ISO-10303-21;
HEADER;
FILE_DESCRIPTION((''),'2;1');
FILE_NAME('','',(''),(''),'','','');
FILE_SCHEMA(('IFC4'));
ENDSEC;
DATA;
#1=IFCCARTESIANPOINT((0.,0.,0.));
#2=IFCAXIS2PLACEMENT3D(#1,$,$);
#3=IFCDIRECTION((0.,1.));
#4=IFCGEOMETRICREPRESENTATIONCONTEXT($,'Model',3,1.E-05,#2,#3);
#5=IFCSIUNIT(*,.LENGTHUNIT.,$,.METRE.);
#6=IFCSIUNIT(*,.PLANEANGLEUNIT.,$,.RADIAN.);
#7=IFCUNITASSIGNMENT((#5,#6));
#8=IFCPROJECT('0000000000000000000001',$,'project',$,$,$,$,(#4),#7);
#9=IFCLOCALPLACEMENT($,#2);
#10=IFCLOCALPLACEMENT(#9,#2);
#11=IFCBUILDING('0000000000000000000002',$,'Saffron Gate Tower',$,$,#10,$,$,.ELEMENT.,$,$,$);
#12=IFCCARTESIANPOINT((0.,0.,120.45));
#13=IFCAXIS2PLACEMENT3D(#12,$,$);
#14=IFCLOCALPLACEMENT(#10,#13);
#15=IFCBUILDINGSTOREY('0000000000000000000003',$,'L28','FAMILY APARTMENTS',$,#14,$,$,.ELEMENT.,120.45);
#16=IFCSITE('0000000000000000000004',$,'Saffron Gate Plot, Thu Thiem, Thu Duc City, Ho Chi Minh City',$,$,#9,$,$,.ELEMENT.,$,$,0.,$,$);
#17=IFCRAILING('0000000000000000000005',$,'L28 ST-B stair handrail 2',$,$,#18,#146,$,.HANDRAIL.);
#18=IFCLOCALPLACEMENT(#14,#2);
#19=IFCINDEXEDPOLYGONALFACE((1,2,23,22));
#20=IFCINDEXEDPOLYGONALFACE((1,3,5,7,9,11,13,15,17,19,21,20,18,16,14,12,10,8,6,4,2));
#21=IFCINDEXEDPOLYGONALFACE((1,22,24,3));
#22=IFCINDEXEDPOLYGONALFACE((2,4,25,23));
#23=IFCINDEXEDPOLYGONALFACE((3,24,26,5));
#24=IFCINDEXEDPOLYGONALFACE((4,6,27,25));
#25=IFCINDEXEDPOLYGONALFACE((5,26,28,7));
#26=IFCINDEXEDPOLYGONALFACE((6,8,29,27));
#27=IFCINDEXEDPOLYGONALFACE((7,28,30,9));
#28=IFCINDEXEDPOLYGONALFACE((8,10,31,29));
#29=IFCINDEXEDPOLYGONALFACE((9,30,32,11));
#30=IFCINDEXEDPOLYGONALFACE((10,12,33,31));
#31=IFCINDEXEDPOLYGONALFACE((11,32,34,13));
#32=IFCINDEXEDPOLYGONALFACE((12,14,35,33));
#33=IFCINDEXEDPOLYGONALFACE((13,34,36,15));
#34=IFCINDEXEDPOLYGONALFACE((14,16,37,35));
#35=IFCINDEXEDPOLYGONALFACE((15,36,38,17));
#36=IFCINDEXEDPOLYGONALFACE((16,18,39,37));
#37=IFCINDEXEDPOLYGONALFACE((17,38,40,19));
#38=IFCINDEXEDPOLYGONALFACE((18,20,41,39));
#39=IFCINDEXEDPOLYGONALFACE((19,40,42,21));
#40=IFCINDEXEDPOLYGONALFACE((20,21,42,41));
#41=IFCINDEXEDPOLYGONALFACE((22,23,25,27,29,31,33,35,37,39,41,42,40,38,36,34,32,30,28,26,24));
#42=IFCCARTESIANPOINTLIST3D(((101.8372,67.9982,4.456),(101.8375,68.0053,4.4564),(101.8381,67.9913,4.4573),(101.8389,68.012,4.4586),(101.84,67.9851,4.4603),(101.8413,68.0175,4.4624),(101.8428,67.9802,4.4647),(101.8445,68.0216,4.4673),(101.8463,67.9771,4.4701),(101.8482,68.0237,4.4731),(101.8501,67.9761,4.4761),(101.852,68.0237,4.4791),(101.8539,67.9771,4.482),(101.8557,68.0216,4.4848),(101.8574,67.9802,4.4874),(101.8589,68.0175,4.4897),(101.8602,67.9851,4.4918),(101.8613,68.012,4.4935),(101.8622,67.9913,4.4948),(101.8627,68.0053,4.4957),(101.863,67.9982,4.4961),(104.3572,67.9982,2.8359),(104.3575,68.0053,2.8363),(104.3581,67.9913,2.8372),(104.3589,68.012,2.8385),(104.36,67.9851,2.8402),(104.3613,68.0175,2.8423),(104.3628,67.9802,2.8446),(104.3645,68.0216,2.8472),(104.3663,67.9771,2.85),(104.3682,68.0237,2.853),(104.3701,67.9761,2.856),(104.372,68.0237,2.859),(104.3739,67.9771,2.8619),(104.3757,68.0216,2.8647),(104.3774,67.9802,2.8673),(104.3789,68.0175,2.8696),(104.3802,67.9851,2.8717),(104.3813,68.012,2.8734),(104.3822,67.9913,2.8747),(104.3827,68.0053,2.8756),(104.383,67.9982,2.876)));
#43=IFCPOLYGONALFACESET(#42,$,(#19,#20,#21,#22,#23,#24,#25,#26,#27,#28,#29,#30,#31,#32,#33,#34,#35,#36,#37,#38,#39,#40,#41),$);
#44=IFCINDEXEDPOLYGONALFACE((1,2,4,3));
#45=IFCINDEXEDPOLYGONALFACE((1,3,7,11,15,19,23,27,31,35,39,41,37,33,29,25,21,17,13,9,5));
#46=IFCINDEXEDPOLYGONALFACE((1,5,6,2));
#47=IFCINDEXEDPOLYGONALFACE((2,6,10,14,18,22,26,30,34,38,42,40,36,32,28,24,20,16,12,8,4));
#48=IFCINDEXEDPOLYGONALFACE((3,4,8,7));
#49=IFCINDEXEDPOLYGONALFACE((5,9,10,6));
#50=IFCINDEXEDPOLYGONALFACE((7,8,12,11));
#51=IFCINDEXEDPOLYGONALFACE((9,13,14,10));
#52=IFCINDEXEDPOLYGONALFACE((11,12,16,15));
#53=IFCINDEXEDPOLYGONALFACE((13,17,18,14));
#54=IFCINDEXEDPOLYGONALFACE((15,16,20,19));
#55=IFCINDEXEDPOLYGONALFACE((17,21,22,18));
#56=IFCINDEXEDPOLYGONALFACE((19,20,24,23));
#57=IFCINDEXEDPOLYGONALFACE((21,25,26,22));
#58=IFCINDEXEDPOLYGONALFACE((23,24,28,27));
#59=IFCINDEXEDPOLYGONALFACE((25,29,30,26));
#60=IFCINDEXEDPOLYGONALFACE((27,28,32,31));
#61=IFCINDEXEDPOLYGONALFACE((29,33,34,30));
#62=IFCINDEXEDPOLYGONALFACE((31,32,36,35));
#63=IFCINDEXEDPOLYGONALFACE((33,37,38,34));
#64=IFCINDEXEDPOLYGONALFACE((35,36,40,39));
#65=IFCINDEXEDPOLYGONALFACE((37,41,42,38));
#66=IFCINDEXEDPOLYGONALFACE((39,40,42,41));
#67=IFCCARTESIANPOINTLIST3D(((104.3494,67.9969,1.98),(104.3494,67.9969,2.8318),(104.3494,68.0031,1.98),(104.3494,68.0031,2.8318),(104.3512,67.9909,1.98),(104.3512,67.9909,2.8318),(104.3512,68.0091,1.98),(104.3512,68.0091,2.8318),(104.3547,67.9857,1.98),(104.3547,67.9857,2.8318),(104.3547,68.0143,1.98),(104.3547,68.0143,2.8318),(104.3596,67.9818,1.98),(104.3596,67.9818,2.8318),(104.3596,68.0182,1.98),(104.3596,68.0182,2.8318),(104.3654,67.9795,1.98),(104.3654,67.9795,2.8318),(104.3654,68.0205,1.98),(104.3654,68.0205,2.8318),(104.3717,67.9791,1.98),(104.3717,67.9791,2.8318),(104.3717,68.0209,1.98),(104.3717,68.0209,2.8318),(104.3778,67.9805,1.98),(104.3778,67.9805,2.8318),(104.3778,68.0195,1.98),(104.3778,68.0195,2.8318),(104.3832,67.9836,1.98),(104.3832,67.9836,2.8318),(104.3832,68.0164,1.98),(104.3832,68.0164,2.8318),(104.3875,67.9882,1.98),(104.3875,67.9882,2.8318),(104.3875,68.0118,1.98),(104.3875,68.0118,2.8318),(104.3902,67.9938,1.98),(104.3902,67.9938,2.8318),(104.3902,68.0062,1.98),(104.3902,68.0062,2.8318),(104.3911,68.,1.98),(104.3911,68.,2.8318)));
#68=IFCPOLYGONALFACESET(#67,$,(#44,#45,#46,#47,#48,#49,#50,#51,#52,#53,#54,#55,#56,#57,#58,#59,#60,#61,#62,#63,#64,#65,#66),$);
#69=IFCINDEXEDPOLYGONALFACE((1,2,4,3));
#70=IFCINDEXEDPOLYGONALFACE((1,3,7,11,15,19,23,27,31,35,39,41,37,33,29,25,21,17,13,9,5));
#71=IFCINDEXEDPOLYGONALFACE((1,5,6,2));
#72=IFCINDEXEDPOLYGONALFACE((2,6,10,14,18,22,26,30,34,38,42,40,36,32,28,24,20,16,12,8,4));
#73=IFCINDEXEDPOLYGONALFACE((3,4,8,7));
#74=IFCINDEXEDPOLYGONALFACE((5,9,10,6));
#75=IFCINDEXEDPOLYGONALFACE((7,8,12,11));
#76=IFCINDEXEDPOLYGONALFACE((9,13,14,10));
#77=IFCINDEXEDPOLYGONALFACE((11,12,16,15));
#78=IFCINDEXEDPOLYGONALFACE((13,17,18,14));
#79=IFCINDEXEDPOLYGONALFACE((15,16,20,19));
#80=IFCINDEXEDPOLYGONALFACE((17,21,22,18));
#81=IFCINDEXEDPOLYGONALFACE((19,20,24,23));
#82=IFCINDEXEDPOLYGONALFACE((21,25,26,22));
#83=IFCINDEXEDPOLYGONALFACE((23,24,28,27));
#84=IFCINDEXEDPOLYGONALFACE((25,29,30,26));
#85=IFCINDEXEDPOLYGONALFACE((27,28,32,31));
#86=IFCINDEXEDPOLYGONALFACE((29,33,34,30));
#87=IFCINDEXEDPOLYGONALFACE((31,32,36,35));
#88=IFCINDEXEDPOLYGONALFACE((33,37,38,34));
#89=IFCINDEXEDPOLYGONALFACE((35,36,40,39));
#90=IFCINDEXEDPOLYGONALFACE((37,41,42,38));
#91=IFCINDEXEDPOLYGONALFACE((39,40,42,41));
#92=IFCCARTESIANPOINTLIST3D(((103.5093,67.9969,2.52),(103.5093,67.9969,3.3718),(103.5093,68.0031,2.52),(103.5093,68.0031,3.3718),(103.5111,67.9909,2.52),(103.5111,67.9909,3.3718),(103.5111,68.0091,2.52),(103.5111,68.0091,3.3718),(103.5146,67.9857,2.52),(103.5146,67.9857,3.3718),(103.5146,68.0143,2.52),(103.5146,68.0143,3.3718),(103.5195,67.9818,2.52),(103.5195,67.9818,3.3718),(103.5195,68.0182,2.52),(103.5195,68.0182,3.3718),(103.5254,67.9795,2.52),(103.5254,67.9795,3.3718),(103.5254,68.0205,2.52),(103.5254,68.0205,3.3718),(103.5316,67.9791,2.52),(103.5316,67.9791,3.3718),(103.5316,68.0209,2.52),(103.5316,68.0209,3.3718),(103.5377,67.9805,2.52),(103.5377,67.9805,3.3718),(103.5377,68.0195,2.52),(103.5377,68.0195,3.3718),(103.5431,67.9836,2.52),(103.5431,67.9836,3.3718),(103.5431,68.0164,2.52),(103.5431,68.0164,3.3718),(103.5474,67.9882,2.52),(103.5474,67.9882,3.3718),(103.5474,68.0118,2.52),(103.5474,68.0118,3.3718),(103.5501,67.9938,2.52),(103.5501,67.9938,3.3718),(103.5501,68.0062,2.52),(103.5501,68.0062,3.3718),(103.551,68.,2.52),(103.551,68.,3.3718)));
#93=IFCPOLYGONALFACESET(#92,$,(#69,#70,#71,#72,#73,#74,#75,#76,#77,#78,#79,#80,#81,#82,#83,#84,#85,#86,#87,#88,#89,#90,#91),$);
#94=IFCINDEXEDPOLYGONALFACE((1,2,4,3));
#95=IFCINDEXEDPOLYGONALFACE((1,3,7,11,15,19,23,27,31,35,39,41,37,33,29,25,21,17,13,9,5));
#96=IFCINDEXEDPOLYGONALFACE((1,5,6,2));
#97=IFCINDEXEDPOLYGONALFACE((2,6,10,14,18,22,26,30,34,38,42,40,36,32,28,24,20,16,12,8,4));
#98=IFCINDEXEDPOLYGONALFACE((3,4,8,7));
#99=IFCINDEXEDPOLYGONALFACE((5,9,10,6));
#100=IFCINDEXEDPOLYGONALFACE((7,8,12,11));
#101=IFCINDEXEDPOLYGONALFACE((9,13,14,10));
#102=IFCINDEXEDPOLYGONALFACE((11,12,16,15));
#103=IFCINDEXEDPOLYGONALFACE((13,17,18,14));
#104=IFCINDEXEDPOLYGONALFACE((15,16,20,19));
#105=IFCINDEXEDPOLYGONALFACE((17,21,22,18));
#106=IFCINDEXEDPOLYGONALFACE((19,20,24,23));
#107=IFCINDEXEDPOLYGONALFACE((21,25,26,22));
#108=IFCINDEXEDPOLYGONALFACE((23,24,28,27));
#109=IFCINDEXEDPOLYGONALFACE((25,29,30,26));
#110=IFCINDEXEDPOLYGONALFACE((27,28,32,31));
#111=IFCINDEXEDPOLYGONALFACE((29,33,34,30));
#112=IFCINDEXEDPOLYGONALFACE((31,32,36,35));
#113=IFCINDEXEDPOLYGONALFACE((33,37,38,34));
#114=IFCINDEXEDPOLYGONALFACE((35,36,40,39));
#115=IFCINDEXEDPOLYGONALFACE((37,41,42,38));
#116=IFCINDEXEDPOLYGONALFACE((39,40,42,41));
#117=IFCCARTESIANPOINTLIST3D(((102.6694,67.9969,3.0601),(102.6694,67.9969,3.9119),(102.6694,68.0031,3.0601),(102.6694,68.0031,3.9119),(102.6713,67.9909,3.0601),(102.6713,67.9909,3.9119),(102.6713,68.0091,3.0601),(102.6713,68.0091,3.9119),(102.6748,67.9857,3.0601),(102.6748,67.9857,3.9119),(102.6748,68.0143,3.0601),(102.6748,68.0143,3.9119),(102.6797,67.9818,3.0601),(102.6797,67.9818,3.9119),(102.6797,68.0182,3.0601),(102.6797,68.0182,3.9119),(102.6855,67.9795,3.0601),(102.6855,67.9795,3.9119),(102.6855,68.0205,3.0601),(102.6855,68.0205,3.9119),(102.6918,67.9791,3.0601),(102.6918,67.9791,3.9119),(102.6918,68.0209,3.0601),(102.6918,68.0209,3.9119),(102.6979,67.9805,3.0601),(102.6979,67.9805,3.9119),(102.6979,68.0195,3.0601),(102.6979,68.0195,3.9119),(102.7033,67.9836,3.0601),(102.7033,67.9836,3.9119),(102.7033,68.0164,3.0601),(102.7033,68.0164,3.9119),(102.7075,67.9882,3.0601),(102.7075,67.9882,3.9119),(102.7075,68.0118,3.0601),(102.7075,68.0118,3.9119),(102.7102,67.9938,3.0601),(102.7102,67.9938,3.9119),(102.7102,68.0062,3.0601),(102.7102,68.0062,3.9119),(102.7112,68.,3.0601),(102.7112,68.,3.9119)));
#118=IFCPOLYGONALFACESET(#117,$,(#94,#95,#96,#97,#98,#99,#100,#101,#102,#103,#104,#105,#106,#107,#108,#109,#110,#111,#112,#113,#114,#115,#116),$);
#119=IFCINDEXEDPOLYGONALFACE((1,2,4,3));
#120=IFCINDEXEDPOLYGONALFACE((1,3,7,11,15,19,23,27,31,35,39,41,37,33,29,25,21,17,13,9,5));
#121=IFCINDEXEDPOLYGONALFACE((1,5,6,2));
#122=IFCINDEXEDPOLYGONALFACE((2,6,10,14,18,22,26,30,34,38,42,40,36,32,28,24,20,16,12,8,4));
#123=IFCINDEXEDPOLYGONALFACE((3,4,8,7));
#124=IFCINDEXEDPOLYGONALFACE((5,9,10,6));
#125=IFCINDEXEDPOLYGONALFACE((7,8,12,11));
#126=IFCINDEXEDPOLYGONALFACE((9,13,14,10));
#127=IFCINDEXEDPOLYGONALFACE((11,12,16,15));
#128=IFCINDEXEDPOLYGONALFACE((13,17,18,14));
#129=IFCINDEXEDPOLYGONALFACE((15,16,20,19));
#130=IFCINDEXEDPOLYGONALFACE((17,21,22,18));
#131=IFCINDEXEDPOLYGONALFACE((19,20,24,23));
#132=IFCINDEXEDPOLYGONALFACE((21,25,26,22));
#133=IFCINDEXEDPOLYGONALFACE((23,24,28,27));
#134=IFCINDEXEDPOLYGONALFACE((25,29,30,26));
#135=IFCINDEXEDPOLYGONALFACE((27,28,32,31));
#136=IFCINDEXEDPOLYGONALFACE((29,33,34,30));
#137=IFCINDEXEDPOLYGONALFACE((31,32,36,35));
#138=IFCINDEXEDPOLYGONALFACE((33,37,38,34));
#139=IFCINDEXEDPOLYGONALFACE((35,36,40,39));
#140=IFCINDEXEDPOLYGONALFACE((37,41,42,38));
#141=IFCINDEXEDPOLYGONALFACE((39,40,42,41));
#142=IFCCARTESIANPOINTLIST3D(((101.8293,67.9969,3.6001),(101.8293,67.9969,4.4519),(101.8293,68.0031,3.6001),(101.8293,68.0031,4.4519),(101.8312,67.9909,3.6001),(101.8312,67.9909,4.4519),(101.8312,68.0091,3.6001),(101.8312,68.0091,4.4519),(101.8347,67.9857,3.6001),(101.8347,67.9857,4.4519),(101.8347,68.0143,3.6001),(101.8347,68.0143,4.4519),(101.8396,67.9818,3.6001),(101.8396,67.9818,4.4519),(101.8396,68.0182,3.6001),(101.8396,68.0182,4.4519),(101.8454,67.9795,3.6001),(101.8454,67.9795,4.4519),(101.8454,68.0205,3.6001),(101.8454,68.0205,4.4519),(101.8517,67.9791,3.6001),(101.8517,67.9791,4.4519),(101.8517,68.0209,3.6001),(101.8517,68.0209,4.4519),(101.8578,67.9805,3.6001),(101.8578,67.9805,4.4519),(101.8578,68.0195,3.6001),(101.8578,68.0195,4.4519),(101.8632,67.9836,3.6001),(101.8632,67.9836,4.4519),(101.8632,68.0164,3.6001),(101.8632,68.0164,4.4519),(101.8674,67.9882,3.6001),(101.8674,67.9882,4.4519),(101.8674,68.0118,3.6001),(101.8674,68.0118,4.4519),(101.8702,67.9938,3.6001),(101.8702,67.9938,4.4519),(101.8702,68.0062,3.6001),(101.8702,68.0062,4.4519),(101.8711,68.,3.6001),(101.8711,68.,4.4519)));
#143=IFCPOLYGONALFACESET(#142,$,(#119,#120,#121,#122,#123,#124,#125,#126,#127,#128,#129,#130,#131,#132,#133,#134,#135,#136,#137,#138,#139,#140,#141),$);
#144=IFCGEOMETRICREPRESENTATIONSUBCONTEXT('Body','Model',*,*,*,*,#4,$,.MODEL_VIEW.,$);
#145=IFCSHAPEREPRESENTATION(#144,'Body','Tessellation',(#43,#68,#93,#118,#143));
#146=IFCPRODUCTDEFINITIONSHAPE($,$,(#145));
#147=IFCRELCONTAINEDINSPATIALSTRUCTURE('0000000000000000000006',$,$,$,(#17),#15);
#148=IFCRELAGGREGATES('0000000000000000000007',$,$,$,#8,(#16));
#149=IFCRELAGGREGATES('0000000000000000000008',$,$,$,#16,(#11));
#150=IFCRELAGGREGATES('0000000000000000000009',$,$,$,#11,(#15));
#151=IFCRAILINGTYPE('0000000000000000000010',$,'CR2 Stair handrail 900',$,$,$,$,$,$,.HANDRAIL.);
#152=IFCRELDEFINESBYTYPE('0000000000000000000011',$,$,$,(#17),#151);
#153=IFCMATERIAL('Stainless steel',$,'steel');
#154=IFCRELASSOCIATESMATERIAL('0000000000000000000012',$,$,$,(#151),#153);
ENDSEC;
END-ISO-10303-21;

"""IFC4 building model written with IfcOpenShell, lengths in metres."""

from ifc_helpers import new_model, si_unit, direction, frame, origin, origin_2d, place, context, subcontext, project, spatial, circle, extrude, material, type_object, element, save


model = new_model("IFC4")

# Units and contexts
model_context = context("Model", 3, precision=1e-05, world=origin(), true_north=direction((0.0, 1.0)))
body_context = subcontext(model_context, "Body", "Model", "MODEL_VIEW")
ifc_project = project(units=[si_unit("LENGTHUNIT", "METRE"), si_unit("PLANEANGLEUNIT", "RADIAN")], contexts=[model_context])

# Site, building, storey
site_placement = place(None, origin())
site = spatial("IfcSite", under=ifc_project, at=site_placement, Name="Saffron Gate Plot, Thu Thiem, Thu Duc City, Ho Chi Minh City", CompositionType="ELEMENT", RefElevation=0.0)
building_placement = place(site_placement, origin())
building = spatial("IfcBuilding", under=site, at=building_placement, Name="Saffron Gate Tower", CompositionType="ELEMENT")
storey_placement = place(building_placement, frame((0.0, 0.0, 120.45)))
storey = spatial("IfcBuildingStorey", under=building, at=storey_placement, Name="L28", Description="FAMILY APARTMENTS", CompositionType="ELEMENT", Elevation=120.45)

# Railing
ifc_material_1 = material(Name="Stainless steel", Category="steel")
railing_type_1 = type_object("IfcRailingType", Name="CR2 Stair handrail 900", PredefinedType="HANDRAIL", material=ifc_material_1)
railing_1_placement = place(storey_placement, frame((104.3701, 68.0, 1.98)))
element("IfcRailing", 1, at=railing_1_placement, inside=storey, type_object=railing_type_1, Name="L28 ST-B stair handrail 2", PredefinedType="HANDRAIL", context=body_context, shape_type="SweptSolid", body=[
    extrude(circle(Radius=0.0239, at=origin_2d()), frame((0.0, 0.0, 0.876), z_axis=(-0.841163, 0.0, 0.540782), x_axis=(0.0, -1.0, 0.0)), (0.0, 0.0, 1.0), 2.9958),
    extrude(circle(Radius=0.021, at=origin_2d()), origin(), (0.0, 0.0, 1.0), 0.8518),
    extrude(circle(Radius=0.021, at=origin_2d()), frame((-0.8401, 0.0, 0.54)), (0.0, 0.0, 1.0), 0.8518),
    extrude(circle(Radius=0.021, at=origin_2d()), frame((-1.6799, 0.0, 1.0801)), (0.0, 0.0, 1.0), 0.8518),
    extrude(circle(Radius=0.021, at=origin_2d()), frame((-2.52, 0.0, 1.6201)), (0.0, 0.0, 1.0), 0.8518),
])

save(model, "model.ifc")
